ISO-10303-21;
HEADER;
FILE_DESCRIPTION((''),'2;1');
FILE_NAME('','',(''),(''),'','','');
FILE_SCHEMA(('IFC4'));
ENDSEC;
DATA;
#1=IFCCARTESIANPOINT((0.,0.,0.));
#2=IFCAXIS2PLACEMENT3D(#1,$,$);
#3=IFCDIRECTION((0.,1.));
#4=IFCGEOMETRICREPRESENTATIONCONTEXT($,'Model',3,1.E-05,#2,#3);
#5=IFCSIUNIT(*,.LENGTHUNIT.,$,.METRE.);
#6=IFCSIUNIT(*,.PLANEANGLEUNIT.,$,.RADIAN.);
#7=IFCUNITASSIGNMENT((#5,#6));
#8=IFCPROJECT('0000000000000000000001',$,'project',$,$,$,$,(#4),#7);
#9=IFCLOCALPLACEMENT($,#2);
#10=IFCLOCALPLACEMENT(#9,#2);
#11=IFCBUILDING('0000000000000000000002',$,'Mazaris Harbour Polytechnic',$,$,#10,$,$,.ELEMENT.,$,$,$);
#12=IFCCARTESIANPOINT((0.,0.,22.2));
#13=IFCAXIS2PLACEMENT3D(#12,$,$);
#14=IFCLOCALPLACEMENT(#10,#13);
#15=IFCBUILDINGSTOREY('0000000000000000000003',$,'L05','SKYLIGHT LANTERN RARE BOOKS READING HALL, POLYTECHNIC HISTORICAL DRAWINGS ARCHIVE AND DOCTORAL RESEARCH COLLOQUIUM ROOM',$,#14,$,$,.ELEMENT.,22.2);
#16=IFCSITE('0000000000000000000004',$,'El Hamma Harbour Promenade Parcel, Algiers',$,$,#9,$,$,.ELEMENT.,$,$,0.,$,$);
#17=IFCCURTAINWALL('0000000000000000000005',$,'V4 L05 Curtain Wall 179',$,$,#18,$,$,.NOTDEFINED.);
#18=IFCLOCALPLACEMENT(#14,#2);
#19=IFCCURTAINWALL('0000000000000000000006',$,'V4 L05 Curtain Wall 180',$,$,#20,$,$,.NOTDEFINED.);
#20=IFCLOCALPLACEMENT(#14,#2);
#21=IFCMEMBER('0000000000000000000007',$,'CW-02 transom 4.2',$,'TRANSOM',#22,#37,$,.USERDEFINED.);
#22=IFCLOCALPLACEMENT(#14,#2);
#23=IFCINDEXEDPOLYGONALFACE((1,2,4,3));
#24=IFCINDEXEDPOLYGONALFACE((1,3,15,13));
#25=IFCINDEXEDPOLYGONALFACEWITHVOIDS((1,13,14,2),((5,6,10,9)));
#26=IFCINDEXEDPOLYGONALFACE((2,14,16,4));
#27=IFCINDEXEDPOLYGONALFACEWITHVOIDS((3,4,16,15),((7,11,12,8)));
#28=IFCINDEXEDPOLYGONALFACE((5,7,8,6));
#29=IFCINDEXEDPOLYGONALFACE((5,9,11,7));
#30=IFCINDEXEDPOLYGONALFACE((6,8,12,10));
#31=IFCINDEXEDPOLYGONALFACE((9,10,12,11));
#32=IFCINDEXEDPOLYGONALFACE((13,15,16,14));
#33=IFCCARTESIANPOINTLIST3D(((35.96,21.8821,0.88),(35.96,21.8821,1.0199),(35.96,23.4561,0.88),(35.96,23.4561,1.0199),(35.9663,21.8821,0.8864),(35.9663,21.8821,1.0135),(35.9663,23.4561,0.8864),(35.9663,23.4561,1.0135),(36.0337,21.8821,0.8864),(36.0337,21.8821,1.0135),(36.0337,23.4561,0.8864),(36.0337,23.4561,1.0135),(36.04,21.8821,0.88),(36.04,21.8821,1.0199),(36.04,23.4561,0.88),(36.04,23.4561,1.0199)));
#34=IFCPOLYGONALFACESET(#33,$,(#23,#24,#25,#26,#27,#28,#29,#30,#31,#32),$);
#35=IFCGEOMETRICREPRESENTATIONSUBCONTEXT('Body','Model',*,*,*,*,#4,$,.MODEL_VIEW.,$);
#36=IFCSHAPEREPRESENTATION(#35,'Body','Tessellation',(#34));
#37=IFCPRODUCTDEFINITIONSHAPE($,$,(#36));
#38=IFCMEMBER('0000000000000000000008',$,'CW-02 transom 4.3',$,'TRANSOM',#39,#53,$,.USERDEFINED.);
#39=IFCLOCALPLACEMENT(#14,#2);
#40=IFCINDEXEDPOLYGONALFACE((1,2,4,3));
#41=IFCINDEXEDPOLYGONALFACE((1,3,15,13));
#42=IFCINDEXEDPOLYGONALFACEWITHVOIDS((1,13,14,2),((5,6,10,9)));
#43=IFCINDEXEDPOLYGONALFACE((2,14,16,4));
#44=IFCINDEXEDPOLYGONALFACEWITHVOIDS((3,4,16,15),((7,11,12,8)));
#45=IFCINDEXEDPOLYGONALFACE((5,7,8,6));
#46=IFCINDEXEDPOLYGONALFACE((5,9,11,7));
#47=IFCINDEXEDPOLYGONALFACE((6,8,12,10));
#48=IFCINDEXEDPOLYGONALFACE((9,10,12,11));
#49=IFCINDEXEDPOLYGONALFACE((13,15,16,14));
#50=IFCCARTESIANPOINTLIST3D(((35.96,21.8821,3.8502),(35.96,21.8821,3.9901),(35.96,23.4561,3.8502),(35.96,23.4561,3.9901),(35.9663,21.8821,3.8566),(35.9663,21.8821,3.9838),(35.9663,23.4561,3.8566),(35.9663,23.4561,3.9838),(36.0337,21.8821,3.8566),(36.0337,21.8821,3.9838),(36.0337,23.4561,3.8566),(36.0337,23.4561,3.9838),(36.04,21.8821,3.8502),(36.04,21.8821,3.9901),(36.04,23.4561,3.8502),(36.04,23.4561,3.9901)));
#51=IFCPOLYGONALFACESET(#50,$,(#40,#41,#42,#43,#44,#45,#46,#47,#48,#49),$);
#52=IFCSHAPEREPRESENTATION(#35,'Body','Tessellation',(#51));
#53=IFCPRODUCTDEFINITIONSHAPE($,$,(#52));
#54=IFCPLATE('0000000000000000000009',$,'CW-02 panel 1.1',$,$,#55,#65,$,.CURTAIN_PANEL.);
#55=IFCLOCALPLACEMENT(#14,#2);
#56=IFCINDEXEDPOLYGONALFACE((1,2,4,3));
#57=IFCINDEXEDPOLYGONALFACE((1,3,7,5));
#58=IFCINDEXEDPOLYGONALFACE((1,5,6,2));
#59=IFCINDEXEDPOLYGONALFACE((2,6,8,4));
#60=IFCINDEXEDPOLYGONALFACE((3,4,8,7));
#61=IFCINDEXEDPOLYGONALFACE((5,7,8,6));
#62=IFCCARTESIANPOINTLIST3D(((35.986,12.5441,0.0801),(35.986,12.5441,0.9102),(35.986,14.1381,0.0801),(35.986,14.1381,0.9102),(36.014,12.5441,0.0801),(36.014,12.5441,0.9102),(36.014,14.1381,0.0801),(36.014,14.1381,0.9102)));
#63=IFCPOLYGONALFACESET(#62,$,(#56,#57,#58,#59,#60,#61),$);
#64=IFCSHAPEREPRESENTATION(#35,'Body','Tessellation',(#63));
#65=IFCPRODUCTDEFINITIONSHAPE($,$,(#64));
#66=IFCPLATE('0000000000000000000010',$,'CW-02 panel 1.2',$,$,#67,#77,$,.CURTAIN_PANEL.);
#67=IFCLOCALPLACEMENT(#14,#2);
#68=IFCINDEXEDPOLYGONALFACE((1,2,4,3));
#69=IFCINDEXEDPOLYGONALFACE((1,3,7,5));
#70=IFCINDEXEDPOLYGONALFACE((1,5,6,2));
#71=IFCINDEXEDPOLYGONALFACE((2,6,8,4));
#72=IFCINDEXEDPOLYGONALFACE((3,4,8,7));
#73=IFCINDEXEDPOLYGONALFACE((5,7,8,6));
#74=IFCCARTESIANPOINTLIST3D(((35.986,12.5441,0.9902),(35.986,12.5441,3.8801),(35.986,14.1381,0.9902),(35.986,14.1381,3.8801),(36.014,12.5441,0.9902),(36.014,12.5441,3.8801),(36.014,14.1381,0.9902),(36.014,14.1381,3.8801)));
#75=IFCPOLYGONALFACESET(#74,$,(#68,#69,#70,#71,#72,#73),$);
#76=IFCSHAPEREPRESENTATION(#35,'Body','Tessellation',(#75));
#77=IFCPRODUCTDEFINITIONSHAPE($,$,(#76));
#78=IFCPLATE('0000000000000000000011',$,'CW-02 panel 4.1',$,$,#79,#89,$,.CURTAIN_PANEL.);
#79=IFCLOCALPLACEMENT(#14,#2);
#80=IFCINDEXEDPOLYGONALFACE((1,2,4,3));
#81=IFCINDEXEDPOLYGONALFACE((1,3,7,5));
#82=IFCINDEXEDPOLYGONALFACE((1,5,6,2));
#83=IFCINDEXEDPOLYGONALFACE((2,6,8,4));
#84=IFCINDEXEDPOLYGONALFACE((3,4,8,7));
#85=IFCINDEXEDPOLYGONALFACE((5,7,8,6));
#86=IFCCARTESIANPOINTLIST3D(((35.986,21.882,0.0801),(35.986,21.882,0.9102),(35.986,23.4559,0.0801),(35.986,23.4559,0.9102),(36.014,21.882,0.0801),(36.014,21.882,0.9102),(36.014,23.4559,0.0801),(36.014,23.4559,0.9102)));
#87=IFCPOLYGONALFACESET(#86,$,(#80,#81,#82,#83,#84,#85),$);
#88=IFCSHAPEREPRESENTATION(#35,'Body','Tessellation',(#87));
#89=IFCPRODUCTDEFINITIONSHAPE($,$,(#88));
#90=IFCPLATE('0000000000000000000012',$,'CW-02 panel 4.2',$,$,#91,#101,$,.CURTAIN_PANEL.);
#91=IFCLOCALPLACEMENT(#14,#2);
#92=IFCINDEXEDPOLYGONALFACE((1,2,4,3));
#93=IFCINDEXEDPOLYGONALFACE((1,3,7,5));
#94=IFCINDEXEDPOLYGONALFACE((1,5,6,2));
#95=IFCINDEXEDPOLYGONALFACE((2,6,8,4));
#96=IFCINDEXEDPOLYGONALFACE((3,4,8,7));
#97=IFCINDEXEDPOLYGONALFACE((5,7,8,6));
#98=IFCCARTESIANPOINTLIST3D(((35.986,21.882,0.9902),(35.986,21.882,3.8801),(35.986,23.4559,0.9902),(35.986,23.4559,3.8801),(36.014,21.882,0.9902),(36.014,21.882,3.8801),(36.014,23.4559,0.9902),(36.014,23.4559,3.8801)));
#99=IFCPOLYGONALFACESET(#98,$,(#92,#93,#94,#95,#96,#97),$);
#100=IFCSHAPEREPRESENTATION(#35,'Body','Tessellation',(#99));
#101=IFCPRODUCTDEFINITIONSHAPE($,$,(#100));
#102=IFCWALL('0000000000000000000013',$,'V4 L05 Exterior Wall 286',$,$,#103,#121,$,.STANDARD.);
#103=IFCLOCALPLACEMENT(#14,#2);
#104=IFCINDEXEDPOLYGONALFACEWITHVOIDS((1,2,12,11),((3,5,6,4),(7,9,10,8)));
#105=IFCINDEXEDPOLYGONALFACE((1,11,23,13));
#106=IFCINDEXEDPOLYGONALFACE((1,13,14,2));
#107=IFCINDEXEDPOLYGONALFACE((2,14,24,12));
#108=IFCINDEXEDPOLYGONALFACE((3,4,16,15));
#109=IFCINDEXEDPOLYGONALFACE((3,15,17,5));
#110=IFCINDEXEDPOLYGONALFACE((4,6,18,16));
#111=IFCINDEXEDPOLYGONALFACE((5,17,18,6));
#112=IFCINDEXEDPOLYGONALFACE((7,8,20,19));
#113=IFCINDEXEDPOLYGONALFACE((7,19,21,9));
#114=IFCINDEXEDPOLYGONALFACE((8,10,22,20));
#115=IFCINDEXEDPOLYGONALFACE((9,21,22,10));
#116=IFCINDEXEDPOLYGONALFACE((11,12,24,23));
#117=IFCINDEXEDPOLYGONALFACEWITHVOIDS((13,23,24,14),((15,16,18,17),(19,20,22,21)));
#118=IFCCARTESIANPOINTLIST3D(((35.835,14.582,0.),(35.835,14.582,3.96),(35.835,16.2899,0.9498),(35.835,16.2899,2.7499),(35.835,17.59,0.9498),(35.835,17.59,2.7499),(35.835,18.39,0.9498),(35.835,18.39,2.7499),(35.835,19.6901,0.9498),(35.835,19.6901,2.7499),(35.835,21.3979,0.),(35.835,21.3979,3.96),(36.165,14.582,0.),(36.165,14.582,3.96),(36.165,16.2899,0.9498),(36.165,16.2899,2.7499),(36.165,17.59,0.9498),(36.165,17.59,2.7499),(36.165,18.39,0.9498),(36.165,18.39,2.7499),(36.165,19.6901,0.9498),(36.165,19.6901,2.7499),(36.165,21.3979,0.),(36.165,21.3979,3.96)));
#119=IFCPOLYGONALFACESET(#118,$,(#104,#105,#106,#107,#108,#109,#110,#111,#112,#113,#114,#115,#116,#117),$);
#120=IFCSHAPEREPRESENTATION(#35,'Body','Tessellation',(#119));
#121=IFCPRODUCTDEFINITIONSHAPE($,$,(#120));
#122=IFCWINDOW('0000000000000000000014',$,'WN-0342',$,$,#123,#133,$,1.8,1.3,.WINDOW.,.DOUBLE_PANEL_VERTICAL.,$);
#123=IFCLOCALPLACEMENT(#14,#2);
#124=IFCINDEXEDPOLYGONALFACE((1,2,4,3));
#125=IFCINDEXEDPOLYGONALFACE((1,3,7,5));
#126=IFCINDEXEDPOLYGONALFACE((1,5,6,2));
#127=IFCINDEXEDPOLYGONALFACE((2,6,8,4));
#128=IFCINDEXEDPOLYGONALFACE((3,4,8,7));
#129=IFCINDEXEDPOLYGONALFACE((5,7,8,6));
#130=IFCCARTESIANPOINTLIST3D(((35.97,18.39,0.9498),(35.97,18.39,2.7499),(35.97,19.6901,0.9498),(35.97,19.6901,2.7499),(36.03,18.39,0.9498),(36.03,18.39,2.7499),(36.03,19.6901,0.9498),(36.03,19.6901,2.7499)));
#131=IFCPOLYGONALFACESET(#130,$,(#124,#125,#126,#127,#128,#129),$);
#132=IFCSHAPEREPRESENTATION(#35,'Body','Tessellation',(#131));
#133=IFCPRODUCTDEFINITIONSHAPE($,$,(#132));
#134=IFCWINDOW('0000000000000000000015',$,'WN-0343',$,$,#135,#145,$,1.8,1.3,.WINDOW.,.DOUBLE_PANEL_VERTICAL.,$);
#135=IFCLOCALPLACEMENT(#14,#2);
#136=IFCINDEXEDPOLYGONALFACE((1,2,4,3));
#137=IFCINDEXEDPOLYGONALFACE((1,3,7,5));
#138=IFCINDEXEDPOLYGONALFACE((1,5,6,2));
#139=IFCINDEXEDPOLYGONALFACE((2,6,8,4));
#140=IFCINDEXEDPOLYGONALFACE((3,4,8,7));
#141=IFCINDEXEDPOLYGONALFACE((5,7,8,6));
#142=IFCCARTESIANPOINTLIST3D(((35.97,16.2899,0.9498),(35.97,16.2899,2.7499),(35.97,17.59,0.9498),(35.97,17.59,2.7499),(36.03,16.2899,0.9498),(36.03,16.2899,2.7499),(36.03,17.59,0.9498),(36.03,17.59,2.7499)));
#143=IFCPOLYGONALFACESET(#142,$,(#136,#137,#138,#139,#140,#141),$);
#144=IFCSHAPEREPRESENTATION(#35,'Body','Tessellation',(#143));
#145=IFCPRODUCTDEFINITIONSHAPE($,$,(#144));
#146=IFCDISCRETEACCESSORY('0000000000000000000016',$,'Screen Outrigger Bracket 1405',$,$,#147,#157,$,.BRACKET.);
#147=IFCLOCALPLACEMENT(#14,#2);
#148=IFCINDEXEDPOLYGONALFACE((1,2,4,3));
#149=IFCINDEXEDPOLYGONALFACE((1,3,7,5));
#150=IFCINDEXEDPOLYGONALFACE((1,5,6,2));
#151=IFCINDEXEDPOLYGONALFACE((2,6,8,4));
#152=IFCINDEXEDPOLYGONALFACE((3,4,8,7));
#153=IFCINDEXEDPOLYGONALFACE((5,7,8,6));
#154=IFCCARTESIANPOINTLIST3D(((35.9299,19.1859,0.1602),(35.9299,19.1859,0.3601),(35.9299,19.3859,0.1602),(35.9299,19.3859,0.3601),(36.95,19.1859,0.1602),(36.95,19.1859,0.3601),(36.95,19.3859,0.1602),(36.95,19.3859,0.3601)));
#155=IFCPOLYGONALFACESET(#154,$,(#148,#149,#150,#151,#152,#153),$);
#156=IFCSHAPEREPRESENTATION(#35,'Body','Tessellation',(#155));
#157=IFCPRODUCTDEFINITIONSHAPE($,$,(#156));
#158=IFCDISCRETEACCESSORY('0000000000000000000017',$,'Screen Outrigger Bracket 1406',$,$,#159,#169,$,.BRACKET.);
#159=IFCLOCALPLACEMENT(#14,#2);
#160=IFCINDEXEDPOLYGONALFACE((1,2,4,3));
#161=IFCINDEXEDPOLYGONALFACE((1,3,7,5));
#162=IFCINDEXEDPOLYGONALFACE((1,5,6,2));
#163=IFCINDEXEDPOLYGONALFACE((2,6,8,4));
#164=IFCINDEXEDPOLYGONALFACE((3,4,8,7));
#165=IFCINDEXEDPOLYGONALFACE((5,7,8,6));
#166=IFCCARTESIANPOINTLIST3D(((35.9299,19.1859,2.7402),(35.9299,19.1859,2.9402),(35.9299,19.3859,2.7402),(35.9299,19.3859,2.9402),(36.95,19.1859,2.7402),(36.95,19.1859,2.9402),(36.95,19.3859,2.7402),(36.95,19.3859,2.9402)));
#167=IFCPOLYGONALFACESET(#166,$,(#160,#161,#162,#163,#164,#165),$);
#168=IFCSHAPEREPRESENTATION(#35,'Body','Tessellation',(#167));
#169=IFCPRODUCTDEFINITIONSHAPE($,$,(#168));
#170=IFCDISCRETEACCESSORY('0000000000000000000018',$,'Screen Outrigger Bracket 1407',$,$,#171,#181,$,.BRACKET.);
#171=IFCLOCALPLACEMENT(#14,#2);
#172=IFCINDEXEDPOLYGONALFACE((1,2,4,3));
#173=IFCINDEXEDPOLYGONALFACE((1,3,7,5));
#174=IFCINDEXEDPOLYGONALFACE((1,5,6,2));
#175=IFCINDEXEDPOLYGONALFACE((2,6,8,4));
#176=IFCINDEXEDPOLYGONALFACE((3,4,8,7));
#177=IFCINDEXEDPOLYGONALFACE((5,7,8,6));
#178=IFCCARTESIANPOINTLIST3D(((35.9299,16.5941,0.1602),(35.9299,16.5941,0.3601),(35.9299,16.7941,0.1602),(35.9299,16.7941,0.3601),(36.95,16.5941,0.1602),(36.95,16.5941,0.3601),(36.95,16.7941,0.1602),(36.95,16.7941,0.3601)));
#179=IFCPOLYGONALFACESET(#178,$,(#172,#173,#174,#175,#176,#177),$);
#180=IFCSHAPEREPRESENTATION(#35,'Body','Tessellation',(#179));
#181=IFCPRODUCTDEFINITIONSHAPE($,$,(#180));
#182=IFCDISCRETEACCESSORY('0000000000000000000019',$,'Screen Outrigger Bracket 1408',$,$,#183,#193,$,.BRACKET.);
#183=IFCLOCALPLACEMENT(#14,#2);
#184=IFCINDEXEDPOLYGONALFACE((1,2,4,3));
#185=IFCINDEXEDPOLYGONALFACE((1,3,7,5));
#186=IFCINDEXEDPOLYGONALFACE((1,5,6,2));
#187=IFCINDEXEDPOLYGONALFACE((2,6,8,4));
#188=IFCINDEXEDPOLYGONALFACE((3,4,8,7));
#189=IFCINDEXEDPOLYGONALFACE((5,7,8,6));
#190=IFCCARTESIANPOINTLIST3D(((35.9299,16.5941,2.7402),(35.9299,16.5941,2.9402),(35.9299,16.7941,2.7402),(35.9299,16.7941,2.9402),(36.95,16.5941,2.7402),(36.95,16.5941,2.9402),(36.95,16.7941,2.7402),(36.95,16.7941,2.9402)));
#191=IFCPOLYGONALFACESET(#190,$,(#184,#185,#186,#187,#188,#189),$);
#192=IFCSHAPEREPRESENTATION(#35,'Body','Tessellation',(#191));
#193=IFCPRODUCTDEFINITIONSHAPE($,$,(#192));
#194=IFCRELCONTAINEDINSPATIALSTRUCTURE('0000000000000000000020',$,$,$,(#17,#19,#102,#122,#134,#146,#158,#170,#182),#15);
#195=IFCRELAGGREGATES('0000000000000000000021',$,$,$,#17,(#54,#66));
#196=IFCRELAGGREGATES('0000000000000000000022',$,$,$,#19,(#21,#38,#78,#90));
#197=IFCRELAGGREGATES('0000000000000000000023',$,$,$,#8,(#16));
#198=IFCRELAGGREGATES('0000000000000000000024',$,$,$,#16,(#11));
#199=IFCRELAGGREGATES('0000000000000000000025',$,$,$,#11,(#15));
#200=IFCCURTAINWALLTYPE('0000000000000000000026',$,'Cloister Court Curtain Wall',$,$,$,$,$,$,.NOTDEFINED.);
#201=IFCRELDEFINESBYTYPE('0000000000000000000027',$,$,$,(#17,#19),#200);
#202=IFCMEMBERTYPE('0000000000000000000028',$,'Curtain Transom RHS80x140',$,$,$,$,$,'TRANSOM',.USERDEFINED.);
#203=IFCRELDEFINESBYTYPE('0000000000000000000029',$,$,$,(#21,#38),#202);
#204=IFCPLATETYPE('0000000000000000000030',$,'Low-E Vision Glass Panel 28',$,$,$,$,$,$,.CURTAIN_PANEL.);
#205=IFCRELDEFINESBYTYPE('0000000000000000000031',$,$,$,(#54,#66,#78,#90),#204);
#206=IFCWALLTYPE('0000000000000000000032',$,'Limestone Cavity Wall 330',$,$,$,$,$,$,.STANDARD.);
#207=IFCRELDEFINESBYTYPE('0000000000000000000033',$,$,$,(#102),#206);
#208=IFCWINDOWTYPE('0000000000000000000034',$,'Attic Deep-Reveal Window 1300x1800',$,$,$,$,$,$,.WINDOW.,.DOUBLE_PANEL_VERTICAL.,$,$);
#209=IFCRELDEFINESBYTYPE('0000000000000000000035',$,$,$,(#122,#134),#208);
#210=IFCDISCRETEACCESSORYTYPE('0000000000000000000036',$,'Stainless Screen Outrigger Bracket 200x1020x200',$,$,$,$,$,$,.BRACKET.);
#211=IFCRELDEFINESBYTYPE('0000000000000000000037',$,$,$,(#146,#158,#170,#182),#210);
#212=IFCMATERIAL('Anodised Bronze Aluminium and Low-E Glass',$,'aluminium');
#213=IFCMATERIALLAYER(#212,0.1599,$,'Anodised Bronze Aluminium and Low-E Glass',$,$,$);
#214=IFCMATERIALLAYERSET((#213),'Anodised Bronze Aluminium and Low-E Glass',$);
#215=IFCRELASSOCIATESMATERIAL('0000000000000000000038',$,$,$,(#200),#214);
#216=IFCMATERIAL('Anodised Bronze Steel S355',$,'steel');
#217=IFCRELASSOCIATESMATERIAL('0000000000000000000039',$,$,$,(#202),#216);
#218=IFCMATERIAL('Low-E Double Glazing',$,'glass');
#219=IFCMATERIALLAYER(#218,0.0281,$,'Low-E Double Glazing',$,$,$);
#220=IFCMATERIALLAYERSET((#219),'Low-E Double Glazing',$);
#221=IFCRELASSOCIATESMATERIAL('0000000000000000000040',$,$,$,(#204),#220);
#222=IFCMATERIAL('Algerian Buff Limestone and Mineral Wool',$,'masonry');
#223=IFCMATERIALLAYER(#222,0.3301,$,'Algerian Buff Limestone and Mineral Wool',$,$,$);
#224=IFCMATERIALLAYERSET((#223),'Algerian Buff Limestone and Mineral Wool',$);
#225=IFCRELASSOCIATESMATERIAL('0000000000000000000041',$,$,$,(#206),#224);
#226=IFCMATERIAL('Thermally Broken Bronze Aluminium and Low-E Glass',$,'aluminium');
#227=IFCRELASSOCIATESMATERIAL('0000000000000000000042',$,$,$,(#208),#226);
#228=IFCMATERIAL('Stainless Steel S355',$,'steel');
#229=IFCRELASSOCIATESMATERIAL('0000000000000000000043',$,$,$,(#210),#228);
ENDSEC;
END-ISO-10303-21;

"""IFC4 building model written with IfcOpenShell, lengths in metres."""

from ifc_helpers import new_model, si_unit, direction, frame, frame_2d, origin, origin_2d, place, context, subcontext, project, spatial, rectangle, hollow_rectangle, extrude, material, layer, layer_set, material_profile, profile_set, type_object, element, fill, aggregate, save


model = new_model("IFC4")

# Units and contexts
model_context = context("Model", 3, precision=1e-05, world=origin(), true_north=direction((0.0, 1.0)))
body_context = subcontext(model_context, "Body", "Model", "MODEL_VIEW")
ifc_project = project(units=[si_unit("LENGTHUNIT", "METRE"), si_unit("PLANEANGLEUNIT", "RADIAN")], contexts=[model_context])

# Site, building, storey
site_placement = place(None, origin())
site = spatial("IfcSite", under=ifc_project, at=site_placement, Name="El Hamma Harbour Promenade Parcel, Algiers", CompositionType="ELEMENT", RefElevation=0.0)
building_placement = place(site_placement, origin())
building = spatial("IfcBuilding", under=site, at=building_placement, Name="Mazaris Harbour Polytechnic", CompositionType="ELEMENT")
storey_placement = place(building_placement, frame((0.0, 0.0, 22.2)))
storey = spatial("IfcBuildingStorey", under=building, at=storey_placement, Name="L05", Description="SKYLIGHT LANTERN RARE BOOKS READING HALL, POLYTECHNIC HISTORICAL DRAWINGS ARCHIVE AND DOCTORAL RESEARCH COLLOQUIUM ROOM", CompositionType="ELEMENT", Elevation=22.2)

# Curtain walls
ifc_material_1 = material(Name="Anodised Bronze Aluminium and Low-E Glass", Category="aluminium")
ifc_layer_1 = layer(ifc_material_1, 0.1599, Name="Anodised Bronze Aluminium and Low-E Glass")
ifc_layer_set_1 = layer_set([ifc_layer_1], Name="Anodised Bronze Aluminium and Low-E Glass")
curtain_wall_type = type_object("IfcCurtainWallType", Name="Cloister Court Curtain Wall", PredefinedType="NOTDEFINED", material=ifc_layer_set_1)
curtain_wall_1_placement = place(storey_placement, origin())
curtain_wall_1 = element("IfcCurtainWall", 1, at=curtain_wall_1_placement, inside=storey, type_object=curtain_wall_type, Name="V4 L05 Curtain Wall 179", PredefinedType="NOTDEFINED")
curtain_wall_2_placement = place(storey_placement, origin())
curtain_wall_2 = element("IfcCurtainWall", 2, at=curtain_wall_2_placement, inside=storey, type_object=curtain_wall_type, Name="V4 L05 Curtain Wall 180", PredefinedType="NOTDEFINED")

# Members
ifc_material_2 = material(Name="Anodised Bronze Steel S355", Category="steel")
ifc_material_profile_1 = material_profile(ifc_material_2, hollow_rectangle(XDim=0.0801, YDim=0.1399, WallThickness=0.0063, at=origin_2d()), Name="RHS 80x140x6.3")
ifc_profile_set_1 = profile_set([ifc_material_profile_1], Name="Anodised Bronze Steel S355")
member_type_1 = type_object("IfcMemberType", Name="Curtain Transom RHS80x140", ElementType="TRANSOM", PredefinedType="USERDEFINED", material=ifc_profile_set_1)
member_1_placement = place(storey_placement, frame((36.0, 23.4561, 0.95), z_axis=(0.0, -1.0, 0.0), x_axis=(1.0, 0.0, 0.0)))
member_1 = element("IfcMember", 3, at=member_1_placement, type_object=member_type_1, Name="CW-02 transom 4.2", ObjectType="TRANSOM", PredefinedType="USERDEFINED", context=body_context, shape_type="SweptSolid", body=[
    extrude(hollow_rectangle(XDim=0.0801, YDim=0.1399, WallThickness=0.0063, at=origin_2d()), origin(), (0.0, 0.0, 1.0), 1.574),
])
member_2_placement = place(storey_placement, frame((36.0, 23.4561, 3.9202), z_axis=(0.0, -1.0, 0.0), x_axis=(1.0, 0.0, 0.0)))
member_2 = element("IfcMember", 4, at=member_2_placement, type_object=member_type_1, Name="CW-02 transom 4.3", ObjectType="TRANSOM", PredefinedType="USERDEFINED", context=body_context, shape_type="SweptSolid", body=[
    extrude(hollow_rectangle(XDim=0.0801, YDim=0.1399, WallThickness=0.0063, at=origin_2d()), origin(), (0.0, 0.0, 1.0), 1.574),
])

# Plates
ifc_material_3 = material(Name="Low-E Double Glazing", Category="glass")
ifc_layer_2 = layer(ifc_material_3, 0.0281, Name="Low-E Double Glazing")
ifc_layer_set_2 = layer_set([ifc_layer_2], Name="Low-E Double Glazing")
plate_type = type_object("IfcPlateType", Name="Low-E Vision Glass Panel 28", PredefinedType="CURTAIN_PANEL", material=ifc_layer_set_2)
plate_1_placement = place(storey_placement, frame((36.0, 13.3411, 0.0801), z_axis=(0.0, 0.0, 1.0), x_axis=(0.0, -1.0, 0.0)))
plate_1 = element("IfcPlate", 5, at=plate_1_placement, type_object=plate_type, Name="CW-02 panel 1.1", PredefinedType="CURTAIN_PANEL", context=body_context, shape_type="SweptSolid", body=[
    extrude(rectangle(XDim=1.594, YDim=0.0281, at=origin_2d()), origin(), (0.0, 0.0, 1.0), 0.8301),
])
plate_2_placement = place(storey_placement, frame((36.0, 13.3411, 0.9902), z_axis=(0.0, 0.0, 1.0), x_axis=(0.0, -1.0, 0.0)))
plate_2 = element("IfcPlate", 6, at=plate_2_placement, type_object=plate_type, Name="CW-02 panel 1.2", PredefinedType="CURTAIN_PANEL", context=body_context, shape_type="SweptSolid", body=[
    extrude(rectangle(XDim=1.594, YDim=0.0281, at=origin_2d()), origin(), (0.0, 0.0, 1.0), 2.8899),
])
aggregate(curtain_wall_1, [plate_1, plate_2])
plate_3_placement = place(storey_placement, frame((36.0, 22.6689, 0.0801), z_axis=(0.0, 0.0, 1.0), x_axis=(0.0, -1.0, 0.0)))
plate_3 = element("IfcPlate", 7, at=plate_3_placement, type_object=plate_type, Name="CW-02 panel 4.1", PredefinedType="CURTAIN_PANEL", context=body_context, shape_type="SweptSolid", body=[
    extrude(rectangle(XDim=1.574, YDim=0.0281, at=origin_2d()), origin(), (0.0, 0.0, 1.0), 0.8301),
])
plate_4_placement = place(storey_placement, frame((36.0, 22.6689, 0.9902), z_axis=(0.0, 0.0, 1.0), x_axis=(0.0, -1.0, 0.0)))
plate_4 = element("IfcPlate", 8, at=plate_4_placement, type_object=plate_type, Name="CW-02 panel 4.2", PredefinedType="CURTAIN_PANEL", context=body_context, shape_type="SweptSolid", body=[
    extrude(rectangle(XDim=1.574, YDim=0.0281, at=origin_2d()), origin(), (0.0, 0.0, 1.0), 2.8899),
])
aggregate(curtain_wall_2, [member_1, member_2, plate_3, plate_4])

# Wall, openings, windows
ifc_material_4 = material(Name="Algerian Buff Limestone and Mineral Wool", Category="masonry")
ifc_layer_3 = layer(ifc_material_4, 0.3301, Name="Algerian Buff Limestone and Mineral Wool")
ifc_layer_set_3 = layer_set([ifc_layer_3], Name="Algerian Buff Limestone and Mineral Wool")
wall_type = type_object("IfcWallType", Name="Limestone Cavity Wall 330", PredefinedType="STANDARD", material=ifc_layer_set_3)
wall_placement = place(storey_placement, frame((36.0, 21.3979, 0.0), z_axis=(0.0, 0.0, 1.0), x_axis=(0.0, -1.0, 0.0)))
wall = element("IfcWall", 9, at=wall_placement, inside=storey, type_object=wall_type, Name="V4 L05 Exterior Wall 286", PredefinedType="STANDARD", context=body_context, shape_type="SweptSolid", body=[
    extrude(rectangle(XDim=6.8159, YDim=0.3301, at=frame_2d((3.408, 0.0))), origin(), (0.0, 0.0, 1.0), 3.96),
])
opening_1_placement = place(wall_placement, frame((1.708, 0.0, 0.95)))
opening_1 = element("IfcOpeningElement", 10, at=opening_1_placement, cuts=wall, PredefinedType="OPENING", context=body_context, shape_type="SweptSolid", body=[
    extrude(rectangle(XDim=1.3, YDim=1.8, at=frame_2d((0.6499, 0.8999))), frame((0.0, 0.175, 0.0), z_axis=(0.0, -1.0, 0.0), x_axis=(1.0, 0.0, 0.0)), (0.0, 0.0, 1.0), 0.3501),
])
opening_2_placement = place(wall_placement, frame((3.8081, 0.0, 0.95)))
opening_2 = element("IfcOpeningElement", 11, at=opening_2_placement, cuts=wall, PredefinedType="OPENING", context=body_context, shape_type="SweptSolid", body=[
    extrude(rectangle(XDim=1.3, YDim=1.8, at=frame_2d((0.6499, 0.8999))), frame((0.0, 0.175, 0.0), z_axis=(0.0, -1.0, 0.0), x_axis=(1.0, 0.0, 0.0)), (0.0, 0.0, 1.0), 0.3501),
])
ifc_material_5 = material(Name="Thermally Broken Bronze Aluminium and Low-E Glass", Category="aluminium")
window_type = type_object("IfcWindowType", Name="Attic Deep-Reveal Window 1300x1800", PartitioningType="DOUBLE_PANEL_VERTICAL", PredefinedType="WINDOW", material=ifc_material_5)
window_1_placement = place(opening_1_placement, origin())
window_1 = element("IfcWindow", 12, at=window_1_placement, inside=storey, type_object=window_type, Name="WN-0342", OverallHeight=1.8, OverallWidth=1.3, PartitioningType="DOUBLE_PANEL_VERTICAL", PredefinedType="WINDOW", context=body_context, shape_type="SweptSolid", body=[
    extrude(rectangle(XDim=1.3, YDim=1.8, at=frame_2d((0.6499, 0.8999))), frame((0.0, 0.03, 0.0), z_axis=(0.0, -1.0, 0.0), x_axis=(1.0, 0.0, 0.0)), (0.0, 0.0, 1.0), 0.0601),
])
fill(opening_1, window_1)
window_2_placement = place(opening_2_placement, origin())
window_2 = element("IfcWindow", 13, at=window_2_placement, inside=storey, type_object=window_type, Name="WN-0343", OverallHeight=1.8, OverallWidth=1.3, PartitioningType="DOUBLE_PANEL_VERTICAL", PredefinedType="WINDOW", context=body_context, shape_type="SweptSolid", body=[
    extrude(rectangle(XDim=1.3, YDim=1.8, at=frame_2d((0.6499, 0.8999))), frame((0.0, 0.03, 0.0), z_axis=(0.0, -1.0, 0.0), x_axis=(1.0, 0.0, 0.0)), (0.0, 0.0, 1.0), 0.0601),
])
fill(opening_2, window_2)

# Discrete accessories
ifc_material_6 = material(Name="Stainless Steel S355", Category="steel")
discrete_accessory_type = type_object("IfcDiscreteAccessoryType", Name="Stainless Screen Outrigger Bracket 200x1020x200", PredefinedType="BRACKET", material=ifc_material_6)
for number, where, z_axis, x_axis, name in (
    (14, (36.4399, 19.2859, 0.1602), (0.0, 0.0, 1.0), (0.0, -1.0, 0.0), "Screen Outrigger Bracket 1405"),
    (15, (36.4399, 19.2859, 2.7402), (0.0, 0.0, 1.0), (0.0, -1.0, 0.0), "Screen Outrigger Bracket 1406"),
    (16, (36.4399, 16.6941, 0.1602), (0.0, 0.0, 1.0), (0.0, -1.0, 0.0), "Screen Outrigger Bracket 1407"),
    (17, (36.4399, 16.6941, 2.7402), (0.0, 0.0, 1.0), (0.0, -1.0, 0.0), "Screen Outrigger Bracket 1408"),
):
    element("IfcDiscreteAccessory", number, at=place(storey_placement, frame(where, z_axis=z_axis, x_axis=x_axis)), inside=storey, type_object=discrete_accessory_type, Name=name, PredefinedType="BRACKET", context=body_context, shape_type="SweptSolid", body=[
        extrude(rectangle(XDim=0.2, YDim=1.02, at=origin_2d()), origin(), (0.0, 0.0, 1.0), 0.2),
    ])

save(model, "model.ifc")
